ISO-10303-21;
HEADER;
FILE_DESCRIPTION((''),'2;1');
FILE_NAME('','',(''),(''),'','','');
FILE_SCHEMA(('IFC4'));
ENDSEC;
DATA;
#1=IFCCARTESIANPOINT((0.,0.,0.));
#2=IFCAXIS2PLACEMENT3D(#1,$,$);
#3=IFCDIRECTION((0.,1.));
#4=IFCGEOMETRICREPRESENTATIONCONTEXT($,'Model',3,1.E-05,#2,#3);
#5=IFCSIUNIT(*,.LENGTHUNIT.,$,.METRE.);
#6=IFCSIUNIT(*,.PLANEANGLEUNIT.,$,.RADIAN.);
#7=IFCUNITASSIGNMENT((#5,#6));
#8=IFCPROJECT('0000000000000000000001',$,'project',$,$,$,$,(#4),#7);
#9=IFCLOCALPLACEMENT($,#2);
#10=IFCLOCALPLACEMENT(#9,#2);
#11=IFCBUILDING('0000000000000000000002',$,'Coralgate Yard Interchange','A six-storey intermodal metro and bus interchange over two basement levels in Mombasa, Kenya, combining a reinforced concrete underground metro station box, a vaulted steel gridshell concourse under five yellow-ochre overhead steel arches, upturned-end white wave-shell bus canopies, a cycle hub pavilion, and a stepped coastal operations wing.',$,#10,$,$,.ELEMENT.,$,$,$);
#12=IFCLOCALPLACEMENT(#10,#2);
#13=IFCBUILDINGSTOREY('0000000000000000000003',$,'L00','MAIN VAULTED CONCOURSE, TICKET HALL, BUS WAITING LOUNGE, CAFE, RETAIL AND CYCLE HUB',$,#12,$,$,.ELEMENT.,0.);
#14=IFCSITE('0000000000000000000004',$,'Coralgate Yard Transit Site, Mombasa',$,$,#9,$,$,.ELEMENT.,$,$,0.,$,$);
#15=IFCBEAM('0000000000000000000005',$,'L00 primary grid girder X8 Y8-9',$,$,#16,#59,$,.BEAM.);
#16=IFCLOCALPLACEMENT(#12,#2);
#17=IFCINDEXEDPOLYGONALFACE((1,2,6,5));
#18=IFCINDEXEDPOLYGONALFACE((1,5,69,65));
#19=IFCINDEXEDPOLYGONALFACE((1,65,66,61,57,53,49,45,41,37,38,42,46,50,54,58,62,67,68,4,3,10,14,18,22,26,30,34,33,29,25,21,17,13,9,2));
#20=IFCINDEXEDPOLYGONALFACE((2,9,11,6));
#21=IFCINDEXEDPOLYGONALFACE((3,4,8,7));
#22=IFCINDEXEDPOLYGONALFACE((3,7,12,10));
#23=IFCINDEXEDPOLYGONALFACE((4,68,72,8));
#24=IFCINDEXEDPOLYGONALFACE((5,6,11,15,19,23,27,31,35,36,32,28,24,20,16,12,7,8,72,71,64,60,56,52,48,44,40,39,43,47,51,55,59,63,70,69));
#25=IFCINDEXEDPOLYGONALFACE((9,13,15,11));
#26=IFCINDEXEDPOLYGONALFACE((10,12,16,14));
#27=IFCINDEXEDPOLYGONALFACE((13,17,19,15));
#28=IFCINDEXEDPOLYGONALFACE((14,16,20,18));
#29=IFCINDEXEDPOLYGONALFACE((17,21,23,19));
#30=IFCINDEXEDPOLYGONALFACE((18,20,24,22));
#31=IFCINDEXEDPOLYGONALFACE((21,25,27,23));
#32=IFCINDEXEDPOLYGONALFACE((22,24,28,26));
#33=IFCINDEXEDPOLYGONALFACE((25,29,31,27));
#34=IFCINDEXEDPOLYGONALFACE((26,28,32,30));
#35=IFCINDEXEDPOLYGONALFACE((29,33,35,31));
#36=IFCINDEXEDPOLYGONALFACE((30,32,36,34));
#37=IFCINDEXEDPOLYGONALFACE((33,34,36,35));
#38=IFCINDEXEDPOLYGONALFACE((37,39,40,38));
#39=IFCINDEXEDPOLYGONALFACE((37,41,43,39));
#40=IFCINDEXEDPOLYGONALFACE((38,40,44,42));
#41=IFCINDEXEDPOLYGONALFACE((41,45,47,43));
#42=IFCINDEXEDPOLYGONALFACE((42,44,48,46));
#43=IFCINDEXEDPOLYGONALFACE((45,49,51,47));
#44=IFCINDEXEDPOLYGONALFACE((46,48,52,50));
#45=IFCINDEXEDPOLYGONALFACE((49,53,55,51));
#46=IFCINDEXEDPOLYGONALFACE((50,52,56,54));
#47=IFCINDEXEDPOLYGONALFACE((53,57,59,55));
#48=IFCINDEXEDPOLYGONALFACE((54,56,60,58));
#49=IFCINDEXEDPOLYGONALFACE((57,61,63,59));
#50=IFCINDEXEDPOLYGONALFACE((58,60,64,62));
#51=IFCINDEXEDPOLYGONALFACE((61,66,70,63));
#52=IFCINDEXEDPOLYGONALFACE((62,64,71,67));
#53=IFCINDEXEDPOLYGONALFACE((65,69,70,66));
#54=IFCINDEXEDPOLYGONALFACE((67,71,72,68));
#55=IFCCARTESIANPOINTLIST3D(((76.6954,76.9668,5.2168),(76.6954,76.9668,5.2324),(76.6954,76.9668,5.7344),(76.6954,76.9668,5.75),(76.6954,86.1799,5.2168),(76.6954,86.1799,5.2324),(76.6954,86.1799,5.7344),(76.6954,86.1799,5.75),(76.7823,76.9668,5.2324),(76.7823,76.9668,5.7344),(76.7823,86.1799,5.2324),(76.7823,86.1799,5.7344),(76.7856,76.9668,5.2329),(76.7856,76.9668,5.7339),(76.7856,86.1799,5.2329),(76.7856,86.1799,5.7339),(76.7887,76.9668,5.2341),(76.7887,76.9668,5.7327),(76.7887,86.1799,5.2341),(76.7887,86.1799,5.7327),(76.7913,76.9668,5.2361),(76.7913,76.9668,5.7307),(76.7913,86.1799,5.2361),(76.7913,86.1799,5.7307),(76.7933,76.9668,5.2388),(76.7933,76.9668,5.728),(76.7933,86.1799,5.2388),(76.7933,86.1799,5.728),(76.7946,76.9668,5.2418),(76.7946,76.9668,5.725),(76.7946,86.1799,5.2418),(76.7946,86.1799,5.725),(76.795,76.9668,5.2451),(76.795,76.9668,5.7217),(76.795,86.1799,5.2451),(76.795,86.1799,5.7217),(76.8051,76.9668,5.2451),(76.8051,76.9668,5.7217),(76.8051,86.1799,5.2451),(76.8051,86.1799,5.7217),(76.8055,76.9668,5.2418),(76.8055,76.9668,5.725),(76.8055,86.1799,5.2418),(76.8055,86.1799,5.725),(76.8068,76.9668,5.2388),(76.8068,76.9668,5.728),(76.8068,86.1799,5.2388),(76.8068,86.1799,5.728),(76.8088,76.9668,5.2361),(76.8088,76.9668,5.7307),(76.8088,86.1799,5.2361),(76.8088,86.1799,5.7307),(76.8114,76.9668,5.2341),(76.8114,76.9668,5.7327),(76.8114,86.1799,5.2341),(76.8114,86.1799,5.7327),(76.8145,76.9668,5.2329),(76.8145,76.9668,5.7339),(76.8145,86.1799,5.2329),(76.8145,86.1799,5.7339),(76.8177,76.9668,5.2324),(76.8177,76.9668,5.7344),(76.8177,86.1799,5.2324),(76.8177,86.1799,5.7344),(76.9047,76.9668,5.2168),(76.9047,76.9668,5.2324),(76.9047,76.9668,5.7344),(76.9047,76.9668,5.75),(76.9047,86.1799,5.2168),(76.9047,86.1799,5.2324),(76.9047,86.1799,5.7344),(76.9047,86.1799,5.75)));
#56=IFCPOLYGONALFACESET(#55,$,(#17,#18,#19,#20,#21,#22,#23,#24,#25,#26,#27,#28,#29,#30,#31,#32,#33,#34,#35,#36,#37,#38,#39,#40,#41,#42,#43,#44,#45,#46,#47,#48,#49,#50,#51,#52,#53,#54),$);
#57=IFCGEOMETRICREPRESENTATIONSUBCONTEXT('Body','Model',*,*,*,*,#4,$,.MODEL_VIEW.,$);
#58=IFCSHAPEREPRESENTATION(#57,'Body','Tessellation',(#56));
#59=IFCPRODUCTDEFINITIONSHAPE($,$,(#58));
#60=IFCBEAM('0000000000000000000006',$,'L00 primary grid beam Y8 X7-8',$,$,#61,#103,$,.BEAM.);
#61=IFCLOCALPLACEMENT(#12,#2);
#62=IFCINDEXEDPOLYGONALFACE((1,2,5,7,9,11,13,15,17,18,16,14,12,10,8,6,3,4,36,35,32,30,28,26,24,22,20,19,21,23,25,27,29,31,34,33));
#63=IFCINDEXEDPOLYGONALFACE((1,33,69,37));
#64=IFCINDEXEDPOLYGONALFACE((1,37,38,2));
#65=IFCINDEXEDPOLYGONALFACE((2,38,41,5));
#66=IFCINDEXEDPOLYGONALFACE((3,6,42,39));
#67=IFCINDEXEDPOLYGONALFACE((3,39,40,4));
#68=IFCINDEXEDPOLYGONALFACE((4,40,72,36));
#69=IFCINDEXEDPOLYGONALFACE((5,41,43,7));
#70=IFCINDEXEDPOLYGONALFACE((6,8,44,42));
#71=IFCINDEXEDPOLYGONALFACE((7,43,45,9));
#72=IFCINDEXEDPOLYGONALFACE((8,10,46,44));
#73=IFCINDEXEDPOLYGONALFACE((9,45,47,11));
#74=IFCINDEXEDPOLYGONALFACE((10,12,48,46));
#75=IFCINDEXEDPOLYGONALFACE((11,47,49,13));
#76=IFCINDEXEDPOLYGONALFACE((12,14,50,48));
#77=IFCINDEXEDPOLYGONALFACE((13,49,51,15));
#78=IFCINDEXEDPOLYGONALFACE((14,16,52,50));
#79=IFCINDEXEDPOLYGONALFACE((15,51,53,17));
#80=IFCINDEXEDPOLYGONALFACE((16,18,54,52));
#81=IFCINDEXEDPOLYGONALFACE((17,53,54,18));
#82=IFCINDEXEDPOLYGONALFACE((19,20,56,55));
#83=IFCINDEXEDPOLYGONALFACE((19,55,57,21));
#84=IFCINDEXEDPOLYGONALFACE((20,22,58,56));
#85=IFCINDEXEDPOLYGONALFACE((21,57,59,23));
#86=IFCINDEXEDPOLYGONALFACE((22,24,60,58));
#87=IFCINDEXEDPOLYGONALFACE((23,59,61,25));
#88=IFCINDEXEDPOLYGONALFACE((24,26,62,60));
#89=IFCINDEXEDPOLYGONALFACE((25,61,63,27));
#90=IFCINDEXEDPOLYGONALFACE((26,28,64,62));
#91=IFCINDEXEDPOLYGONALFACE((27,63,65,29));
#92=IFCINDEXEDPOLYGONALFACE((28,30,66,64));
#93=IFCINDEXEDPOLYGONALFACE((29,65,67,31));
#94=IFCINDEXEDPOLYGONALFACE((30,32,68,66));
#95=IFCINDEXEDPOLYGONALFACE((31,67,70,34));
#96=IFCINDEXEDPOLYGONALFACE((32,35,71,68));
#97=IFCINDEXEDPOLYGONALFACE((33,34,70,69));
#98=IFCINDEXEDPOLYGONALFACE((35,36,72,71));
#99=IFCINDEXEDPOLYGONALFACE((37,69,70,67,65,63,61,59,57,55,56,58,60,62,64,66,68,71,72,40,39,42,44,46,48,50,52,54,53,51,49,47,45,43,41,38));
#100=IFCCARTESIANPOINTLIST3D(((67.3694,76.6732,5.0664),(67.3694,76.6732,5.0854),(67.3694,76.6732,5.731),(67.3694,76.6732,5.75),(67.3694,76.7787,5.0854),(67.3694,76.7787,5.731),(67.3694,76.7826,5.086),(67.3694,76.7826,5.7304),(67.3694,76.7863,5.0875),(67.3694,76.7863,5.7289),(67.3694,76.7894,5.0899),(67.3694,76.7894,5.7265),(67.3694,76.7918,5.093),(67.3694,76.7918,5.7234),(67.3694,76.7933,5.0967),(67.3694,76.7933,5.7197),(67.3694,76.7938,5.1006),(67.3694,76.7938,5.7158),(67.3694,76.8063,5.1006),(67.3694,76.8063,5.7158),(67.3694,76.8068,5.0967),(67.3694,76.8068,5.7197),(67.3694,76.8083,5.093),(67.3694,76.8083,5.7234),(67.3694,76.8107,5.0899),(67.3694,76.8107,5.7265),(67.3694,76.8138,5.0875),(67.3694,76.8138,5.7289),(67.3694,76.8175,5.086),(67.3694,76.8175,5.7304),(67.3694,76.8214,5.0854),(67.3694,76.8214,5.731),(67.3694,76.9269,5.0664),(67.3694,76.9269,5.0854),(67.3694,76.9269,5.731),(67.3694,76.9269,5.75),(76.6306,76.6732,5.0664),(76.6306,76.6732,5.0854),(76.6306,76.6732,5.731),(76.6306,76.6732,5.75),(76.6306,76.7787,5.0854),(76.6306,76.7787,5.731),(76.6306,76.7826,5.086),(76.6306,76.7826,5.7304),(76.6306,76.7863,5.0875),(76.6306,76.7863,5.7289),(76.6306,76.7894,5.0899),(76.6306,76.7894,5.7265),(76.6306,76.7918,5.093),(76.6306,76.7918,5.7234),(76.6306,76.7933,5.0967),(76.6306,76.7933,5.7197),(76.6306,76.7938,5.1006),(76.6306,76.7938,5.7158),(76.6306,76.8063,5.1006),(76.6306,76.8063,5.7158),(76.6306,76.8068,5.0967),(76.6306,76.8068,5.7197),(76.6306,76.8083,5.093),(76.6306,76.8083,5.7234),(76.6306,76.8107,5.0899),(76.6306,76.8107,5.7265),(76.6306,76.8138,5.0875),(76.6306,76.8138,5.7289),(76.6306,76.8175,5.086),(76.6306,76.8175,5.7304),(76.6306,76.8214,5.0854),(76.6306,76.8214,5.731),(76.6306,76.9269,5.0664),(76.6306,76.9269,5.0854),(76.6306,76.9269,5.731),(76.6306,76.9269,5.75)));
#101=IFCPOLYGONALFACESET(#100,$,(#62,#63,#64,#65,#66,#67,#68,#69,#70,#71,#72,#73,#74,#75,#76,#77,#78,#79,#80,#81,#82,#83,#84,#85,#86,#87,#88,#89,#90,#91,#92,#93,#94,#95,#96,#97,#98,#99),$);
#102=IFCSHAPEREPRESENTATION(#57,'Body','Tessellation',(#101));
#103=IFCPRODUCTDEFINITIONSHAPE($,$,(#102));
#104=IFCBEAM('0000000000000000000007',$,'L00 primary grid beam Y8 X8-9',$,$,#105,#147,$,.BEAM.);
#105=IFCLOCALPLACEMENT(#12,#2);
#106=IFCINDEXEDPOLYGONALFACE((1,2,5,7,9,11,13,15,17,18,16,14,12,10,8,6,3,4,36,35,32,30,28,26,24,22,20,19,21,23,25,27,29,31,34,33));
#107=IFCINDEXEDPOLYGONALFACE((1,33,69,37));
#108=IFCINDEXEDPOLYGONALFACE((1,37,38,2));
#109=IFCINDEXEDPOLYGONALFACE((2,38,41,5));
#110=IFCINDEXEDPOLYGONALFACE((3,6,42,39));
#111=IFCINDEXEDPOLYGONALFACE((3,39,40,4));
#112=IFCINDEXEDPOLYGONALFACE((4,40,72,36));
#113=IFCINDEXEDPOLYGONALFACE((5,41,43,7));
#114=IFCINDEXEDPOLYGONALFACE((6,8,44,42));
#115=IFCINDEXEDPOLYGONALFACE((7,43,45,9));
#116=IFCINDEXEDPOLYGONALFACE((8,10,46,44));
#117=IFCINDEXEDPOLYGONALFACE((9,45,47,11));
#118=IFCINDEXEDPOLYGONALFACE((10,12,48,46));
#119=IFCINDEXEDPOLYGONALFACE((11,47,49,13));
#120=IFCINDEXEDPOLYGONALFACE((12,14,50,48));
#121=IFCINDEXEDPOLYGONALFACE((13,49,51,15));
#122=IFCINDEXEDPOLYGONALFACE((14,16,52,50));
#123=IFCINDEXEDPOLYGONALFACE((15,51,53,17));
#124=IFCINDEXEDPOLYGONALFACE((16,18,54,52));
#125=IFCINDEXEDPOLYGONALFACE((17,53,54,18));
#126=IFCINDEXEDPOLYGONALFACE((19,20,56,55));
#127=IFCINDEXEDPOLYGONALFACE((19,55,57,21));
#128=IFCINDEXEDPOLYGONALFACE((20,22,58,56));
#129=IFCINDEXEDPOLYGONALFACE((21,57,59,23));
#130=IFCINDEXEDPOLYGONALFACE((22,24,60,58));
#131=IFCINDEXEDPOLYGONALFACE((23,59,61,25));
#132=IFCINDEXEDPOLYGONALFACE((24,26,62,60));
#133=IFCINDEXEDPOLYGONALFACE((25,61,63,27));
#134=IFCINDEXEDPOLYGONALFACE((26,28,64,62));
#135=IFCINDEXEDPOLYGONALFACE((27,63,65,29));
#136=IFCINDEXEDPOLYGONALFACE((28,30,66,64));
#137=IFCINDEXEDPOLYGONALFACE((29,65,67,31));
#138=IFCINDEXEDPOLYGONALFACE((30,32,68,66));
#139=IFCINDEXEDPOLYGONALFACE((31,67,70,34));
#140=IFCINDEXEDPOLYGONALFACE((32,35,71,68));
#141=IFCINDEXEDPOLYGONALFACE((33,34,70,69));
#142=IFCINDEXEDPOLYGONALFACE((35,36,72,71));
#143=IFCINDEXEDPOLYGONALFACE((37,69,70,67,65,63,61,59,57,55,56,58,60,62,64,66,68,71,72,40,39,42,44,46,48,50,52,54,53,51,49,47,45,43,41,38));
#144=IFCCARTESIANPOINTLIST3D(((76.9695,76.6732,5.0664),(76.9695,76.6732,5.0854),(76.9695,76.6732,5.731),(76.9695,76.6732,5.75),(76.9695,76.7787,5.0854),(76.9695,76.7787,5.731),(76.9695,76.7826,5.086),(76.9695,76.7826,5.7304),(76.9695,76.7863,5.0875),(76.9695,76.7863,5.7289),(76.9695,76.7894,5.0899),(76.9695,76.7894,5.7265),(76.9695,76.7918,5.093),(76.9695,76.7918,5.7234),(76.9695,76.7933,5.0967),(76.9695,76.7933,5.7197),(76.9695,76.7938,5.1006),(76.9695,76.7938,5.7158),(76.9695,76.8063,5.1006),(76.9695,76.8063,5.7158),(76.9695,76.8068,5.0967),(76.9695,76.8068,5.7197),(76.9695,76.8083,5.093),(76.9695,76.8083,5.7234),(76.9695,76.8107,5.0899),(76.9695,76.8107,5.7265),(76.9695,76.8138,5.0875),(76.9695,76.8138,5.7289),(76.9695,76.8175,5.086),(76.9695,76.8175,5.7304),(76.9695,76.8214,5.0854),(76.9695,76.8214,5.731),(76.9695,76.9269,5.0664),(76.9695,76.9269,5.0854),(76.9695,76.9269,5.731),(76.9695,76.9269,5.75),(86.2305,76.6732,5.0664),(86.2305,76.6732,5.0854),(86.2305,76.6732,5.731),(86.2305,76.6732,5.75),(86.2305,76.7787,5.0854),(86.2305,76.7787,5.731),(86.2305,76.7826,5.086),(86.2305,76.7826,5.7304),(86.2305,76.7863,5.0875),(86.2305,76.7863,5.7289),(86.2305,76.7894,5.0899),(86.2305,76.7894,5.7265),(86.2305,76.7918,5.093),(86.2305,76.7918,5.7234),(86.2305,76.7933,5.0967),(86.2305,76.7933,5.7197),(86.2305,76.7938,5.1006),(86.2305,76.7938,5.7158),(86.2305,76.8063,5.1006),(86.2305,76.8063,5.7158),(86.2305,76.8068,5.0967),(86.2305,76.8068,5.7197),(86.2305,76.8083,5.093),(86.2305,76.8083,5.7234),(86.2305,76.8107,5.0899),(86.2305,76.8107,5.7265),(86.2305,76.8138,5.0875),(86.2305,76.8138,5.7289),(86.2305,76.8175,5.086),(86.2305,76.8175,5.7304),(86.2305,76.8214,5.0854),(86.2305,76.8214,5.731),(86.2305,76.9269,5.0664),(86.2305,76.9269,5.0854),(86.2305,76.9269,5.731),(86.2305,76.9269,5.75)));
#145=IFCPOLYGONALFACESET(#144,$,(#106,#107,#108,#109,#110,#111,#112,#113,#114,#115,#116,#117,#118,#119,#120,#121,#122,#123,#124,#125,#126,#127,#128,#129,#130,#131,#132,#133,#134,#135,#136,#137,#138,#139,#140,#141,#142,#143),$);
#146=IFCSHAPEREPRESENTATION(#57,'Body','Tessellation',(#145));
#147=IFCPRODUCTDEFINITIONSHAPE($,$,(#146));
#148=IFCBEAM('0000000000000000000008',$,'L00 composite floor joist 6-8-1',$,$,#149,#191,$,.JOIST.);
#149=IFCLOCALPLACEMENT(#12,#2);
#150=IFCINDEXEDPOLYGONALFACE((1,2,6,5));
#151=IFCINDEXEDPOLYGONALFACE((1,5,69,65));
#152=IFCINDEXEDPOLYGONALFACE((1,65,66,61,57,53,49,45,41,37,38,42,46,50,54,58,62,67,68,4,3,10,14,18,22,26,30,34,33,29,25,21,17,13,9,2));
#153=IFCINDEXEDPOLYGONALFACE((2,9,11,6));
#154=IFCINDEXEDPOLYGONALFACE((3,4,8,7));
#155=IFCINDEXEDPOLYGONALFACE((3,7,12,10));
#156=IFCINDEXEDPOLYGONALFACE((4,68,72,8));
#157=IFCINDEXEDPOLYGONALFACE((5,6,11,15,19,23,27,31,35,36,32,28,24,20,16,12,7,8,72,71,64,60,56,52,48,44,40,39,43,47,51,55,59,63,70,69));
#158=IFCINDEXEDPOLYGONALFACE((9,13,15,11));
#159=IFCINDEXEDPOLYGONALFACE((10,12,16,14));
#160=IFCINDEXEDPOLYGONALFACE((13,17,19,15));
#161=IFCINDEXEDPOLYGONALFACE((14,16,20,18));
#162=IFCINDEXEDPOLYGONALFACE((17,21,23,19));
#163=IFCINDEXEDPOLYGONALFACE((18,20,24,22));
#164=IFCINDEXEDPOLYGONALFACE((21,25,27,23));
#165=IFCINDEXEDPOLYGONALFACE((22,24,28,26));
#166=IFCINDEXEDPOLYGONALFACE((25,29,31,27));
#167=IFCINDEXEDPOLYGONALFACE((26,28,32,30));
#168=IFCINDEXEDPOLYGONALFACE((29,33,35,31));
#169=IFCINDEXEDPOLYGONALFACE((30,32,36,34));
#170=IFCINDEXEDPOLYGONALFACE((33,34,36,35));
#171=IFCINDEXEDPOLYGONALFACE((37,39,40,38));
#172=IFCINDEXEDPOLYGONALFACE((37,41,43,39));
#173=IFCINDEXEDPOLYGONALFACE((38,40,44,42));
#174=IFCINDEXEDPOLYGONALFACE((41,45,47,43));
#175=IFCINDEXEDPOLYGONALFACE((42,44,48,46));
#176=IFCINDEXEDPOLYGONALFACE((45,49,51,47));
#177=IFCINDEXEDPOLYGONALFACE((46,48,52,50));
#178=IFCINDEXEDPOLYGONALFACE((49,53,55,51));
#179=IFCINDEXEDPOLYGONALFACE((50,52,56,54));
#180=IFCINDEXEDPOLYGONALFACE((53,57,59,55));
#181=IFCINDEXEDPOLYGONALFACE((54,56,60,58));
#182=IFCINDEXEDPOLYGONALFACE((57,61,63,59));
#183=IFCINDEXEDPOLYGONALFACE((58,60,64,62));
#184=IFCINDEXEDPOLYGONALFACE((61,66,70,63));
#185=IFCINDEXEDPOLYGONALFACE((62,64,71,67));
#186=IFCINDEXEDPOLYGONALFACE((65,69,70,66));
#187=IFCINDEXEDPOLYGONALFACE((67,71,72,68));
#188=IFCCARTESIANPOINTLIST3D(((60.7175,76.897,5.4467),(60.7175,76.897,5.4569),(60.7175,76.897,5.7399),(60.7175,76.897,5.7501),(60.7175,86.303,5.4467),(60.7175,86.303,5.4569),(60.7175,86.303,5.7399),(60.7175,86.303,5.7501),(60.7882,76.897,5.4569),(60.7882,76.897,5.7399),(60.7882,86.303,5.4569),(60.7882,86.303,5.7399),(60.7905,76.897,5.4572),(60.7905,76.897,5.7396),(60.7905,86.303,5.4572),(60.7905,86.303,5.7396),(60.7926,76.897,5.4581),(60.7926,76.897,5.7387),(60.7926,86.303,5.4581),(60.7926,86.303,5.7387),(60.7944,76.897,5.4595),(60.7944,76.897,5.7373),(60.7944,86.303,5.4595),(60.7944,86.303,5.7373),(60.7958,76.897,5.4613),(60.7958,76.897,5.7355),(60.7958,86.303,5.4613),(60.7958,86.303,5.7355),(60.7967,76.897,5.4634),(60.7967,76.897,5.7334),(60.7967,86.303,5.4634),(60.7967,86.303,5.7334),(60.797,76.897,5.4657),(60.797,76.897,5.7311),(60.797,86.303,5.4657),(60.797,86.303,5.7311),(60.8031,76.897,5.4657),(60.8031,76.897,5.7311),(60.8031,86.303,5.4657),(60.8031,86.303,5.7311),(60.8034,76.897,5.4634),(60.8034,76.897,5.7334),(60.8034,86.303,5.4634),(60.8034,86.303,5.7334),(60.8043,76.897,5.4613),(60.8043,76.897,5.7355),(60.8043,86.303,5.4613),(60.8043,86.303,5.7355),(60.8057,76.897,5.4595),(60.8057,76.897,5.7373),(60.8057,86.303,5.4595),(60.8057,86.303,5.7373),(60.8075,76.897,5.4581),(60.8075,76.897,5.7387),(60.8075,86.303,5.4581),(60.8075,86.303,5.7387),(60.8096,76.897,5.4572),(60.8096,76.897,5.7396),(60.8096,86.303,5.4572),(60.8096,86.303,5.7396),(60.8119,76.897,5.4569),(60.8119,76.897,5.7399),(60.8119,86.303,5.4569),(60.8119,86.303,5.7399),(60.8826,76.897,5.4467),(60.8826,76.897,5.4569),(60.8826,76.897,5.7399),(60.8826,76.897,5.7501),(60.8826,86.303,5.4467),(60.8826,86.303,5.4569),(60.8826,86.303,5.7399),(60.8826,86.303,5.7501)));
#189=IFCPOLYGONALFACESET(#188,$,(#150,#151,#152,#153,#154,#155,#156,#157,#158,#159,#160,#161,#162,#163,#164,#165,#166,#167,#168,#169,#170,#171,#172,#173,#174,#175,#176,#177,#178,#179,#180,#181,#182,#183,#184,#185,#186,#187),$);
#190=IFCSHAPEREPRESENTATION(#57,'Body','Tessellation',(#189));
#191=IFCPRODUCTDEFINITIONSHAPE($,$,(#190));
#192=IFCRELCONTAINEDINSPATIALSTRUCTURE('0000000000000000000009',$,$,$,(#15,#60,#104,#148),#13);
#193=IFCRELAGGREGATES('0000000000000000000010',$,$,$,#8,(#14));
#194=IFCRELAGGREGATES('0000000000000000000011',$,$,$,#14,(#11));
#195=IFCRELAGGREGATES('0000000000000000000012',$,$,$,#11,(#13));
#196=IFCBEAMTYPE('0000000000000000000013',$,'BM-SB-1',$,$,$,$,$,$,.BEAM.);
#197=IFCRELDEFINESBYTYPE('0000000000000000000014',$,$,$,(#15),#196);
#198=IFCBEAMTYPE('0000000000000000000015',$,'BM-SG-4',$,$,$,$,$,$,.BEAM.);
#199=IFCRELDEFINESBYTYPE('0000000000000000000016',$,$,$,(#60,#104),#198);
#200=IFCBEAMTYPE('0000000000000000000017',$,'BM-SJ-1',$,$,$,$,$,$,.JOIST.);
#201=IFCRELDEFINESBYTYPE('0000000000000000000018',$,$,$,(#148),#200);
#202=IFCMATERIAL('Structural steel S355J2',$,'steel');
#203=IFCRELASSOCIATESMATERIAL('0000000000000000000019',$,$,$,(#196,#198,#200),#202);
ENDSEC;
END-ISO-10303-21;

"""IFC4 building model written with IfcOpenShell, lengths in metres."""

from ifc_helpers import new_model, si_unit, direction, frame, origin, origin_2d, place, context, subcontext, project, spatial, i_section, extrude, material, material_profile, profile_set, type_object, element, save


model = new_model("IFC4")

# Units and contexts
model_context = context("Model", 3, precision=1e-05, world=origin(), true_north=direction((0.0, 1.0)))
body_context = subcontext(model_context, "Body", "Model", "MODEL_VIEW")
ifc_project = project(units=[si_unit("LENGTHUNIT", "METRE"), si_unit("PLANEANGLEUNIT", "RADIAN")], contexts=[model_context])

# Site, building, storey
site_placement = place(None, origin())
site = spatial("IfcSite", under=ifc_project, at=site_placement, Name="Coralgate Yard Transit Site, Mombasa", CompositionType="ELEMENT", RefElevation=0.0)
building_placement = place(site_placement, origin())
building = spatial("IfcBuilding", under=site, at=building_placement, Name="Coralgate Yard Interchange", Description="A six-storey intermodal metro and bus interchange over two basement levels in Mombasa, Kenya, combining a reinforced concrete underground metro station box, a vaulted steel gridshell concourse under five yellow-ochre overhead steel arches, upturned-end white wave-shell bus canopies, a cycle hub pavilion, and a stepped coastal operations wing.", CompositionType="ELEMENT")
storey_placement = place(building_placement, origin())
storey = spatial("IfcBuildingStorey", under=building, at=storey_placement, Name="L00", Description="MAIN VAULTED CONCOURSE, TICKET HALL, BUS WAITING LOUNGE, CAFE, RETAIL AND CYCLE HUB", CompositionType="ELEMENT", Elevation=0.0)

# Shared definitions
ifc_material_1 = material(Name="Structural steel S355J2", Category="steel")

# Beams
ifc_material_profile_1 = material_profile(ifc_material_1, i_section(OverallWidth=0.2092, OverallDepth=0.5332, WebThickness=0.01, FlangeThickness=0.0156, FilletRadius=0.0127, at=origin_2d()), Name="UB 533x210x92")
ifc_profile_set_1 = profile_set([ifc_material_profile_1], Name="Structural steel S355J2")
beam_type_1 = type_object("IfcBeamType", Name="BM-SB-1", PredefinedType="BEAM", material=ifc_profile_set_1)
beam_1_placement = place(storey_placement, frame((76.8, 76.9668, 5.4834), z_axis=(0.0, 1.0, 0.0), x_axis=(-1.0, 0.0, 0.0)))
element("IfcBeam", 1, at=beam_1_placement, inside=storey, type_object=beam_type_1, Name="L00 primary grid girder X8 Y8-9", PredefinedType="BEAM", context=body_context, shape_type="SweptSolid", body=[
    extrude(i_section(OverallWidth=0.2092, OverallDepth=0.5332, WebThickness=0.01, FlangeThickness=0.0156, FilletRadius=0.0127, at=origin_2d()), origin(), (0.0, 0.0, 1.0), 9.2131),
])
ifc_material_profile_2 = material_profile(ifc_material_1, i_section(OverallWidth=0.2537, OverallDepth=0.6836, WebThickness=0.0125, FlangeThickness=0.019, FilletRadius=0.0151, at=origin_2d()), Name="UB 686x254x140")
ifc_profile_set_2 = profile_set([ifc_material_profile_2], Name="Structural steel S355J2")
beam_type_2 = type_object("IfcBeamType", Name="BM-SG-4", PredefinedType="BEAM", material=ifc_profile_set_2)
beam_2_placement = place(storey_placement, frame((67.3694, 76.8, 5.4082), z_axis=(1.0, 0.0, 0.0), x_axis=(0.0, 1.0, 0.0)))
element("IfcBeam", 2, at=beam_2_placement, inside=storey, type_object=beam_type_2, Name="L00 primary grid beam Y8 X7-8", PredefinedType="BEAM", context=body_context, shape_type="SweptSolid", body=[
    extrude(i_section(OverallWidth=0.2537, OverallDepth=0.6836, WebThickness=0.0125, FlangeThickness=0.019, FilletRadius=0.0151, at=origin_2d()), origin(), (0.0, 0.0, 1.0), 9.2612),
])
beam_3_placement = place(storey_placement, frame((76.9695, 76.8, 5.4082), z_axis=(1.0, 0.0, 0.0), x_axis=(0.0, 1.0, 0.0)))
element("IfcBeam", 3, at=beam_3_placement, inside=storey, type_object=beam_type_2, Name="L00 primary grid beam Y8 X8-9", PredefinedType="BEAM", context=body_context, shape_type="SweptSolid", body=[
    extrude(i_section(OverallWidth=0.2537, OverallDepth=0.6836, WebThickness=0.0125, FlangeThickness=0.019, FilletRadius=0.0151, at=origin_2d()), origin(), (0.0, 0.0, 1.0), 9.261),
])
ifc_material_profile_3 = material_profile(ifc_material_1, i_section(OverallWidth=0.165, OverallDepth=0.3035, WebThickness=0.0061, FlangeThickness=0.0103, FilletRadius=0.0088, at=origin_2d()), Name="UB 305x165x40")
ifc_profile_set_3 = profile_set([ifc_material_profile_3], Name="Structural steel S355J2")
beam_type_3 = type_object("IfcBeamType", Name="BM-SJ-1", PredefinedType="JOIST", material=ifc_profile_set_3)
for number, where, z_axis, x_axis, name in (
    (4, (60.8, 76.897, 5.5984), (0.0, 1.0, 0.0), (-1.0, 0.0, 0.0), "L00 composite floor joist 6-8-1"),
):
    element("IfcBeam", number, at=place(storey_placement, frame(where, z_axis=z_axis, x_axis=x_axis)), inside=storey, type_object=beam_type_3, Name=name, PredefinedType="JOIST", context=body_context, shape_type="SweptSolid", body=[
        extrude(i_section(OverallWidth=0.165, OverallDepth=0.3035, WebThickness=0.0061, FlangeThickness=0.0103, FilletRadius=0.0088, at=origin_2d()), origin(), (0.0, 0.0, 1.0), 9.406),
    ])

save(model, "model.ifc")
